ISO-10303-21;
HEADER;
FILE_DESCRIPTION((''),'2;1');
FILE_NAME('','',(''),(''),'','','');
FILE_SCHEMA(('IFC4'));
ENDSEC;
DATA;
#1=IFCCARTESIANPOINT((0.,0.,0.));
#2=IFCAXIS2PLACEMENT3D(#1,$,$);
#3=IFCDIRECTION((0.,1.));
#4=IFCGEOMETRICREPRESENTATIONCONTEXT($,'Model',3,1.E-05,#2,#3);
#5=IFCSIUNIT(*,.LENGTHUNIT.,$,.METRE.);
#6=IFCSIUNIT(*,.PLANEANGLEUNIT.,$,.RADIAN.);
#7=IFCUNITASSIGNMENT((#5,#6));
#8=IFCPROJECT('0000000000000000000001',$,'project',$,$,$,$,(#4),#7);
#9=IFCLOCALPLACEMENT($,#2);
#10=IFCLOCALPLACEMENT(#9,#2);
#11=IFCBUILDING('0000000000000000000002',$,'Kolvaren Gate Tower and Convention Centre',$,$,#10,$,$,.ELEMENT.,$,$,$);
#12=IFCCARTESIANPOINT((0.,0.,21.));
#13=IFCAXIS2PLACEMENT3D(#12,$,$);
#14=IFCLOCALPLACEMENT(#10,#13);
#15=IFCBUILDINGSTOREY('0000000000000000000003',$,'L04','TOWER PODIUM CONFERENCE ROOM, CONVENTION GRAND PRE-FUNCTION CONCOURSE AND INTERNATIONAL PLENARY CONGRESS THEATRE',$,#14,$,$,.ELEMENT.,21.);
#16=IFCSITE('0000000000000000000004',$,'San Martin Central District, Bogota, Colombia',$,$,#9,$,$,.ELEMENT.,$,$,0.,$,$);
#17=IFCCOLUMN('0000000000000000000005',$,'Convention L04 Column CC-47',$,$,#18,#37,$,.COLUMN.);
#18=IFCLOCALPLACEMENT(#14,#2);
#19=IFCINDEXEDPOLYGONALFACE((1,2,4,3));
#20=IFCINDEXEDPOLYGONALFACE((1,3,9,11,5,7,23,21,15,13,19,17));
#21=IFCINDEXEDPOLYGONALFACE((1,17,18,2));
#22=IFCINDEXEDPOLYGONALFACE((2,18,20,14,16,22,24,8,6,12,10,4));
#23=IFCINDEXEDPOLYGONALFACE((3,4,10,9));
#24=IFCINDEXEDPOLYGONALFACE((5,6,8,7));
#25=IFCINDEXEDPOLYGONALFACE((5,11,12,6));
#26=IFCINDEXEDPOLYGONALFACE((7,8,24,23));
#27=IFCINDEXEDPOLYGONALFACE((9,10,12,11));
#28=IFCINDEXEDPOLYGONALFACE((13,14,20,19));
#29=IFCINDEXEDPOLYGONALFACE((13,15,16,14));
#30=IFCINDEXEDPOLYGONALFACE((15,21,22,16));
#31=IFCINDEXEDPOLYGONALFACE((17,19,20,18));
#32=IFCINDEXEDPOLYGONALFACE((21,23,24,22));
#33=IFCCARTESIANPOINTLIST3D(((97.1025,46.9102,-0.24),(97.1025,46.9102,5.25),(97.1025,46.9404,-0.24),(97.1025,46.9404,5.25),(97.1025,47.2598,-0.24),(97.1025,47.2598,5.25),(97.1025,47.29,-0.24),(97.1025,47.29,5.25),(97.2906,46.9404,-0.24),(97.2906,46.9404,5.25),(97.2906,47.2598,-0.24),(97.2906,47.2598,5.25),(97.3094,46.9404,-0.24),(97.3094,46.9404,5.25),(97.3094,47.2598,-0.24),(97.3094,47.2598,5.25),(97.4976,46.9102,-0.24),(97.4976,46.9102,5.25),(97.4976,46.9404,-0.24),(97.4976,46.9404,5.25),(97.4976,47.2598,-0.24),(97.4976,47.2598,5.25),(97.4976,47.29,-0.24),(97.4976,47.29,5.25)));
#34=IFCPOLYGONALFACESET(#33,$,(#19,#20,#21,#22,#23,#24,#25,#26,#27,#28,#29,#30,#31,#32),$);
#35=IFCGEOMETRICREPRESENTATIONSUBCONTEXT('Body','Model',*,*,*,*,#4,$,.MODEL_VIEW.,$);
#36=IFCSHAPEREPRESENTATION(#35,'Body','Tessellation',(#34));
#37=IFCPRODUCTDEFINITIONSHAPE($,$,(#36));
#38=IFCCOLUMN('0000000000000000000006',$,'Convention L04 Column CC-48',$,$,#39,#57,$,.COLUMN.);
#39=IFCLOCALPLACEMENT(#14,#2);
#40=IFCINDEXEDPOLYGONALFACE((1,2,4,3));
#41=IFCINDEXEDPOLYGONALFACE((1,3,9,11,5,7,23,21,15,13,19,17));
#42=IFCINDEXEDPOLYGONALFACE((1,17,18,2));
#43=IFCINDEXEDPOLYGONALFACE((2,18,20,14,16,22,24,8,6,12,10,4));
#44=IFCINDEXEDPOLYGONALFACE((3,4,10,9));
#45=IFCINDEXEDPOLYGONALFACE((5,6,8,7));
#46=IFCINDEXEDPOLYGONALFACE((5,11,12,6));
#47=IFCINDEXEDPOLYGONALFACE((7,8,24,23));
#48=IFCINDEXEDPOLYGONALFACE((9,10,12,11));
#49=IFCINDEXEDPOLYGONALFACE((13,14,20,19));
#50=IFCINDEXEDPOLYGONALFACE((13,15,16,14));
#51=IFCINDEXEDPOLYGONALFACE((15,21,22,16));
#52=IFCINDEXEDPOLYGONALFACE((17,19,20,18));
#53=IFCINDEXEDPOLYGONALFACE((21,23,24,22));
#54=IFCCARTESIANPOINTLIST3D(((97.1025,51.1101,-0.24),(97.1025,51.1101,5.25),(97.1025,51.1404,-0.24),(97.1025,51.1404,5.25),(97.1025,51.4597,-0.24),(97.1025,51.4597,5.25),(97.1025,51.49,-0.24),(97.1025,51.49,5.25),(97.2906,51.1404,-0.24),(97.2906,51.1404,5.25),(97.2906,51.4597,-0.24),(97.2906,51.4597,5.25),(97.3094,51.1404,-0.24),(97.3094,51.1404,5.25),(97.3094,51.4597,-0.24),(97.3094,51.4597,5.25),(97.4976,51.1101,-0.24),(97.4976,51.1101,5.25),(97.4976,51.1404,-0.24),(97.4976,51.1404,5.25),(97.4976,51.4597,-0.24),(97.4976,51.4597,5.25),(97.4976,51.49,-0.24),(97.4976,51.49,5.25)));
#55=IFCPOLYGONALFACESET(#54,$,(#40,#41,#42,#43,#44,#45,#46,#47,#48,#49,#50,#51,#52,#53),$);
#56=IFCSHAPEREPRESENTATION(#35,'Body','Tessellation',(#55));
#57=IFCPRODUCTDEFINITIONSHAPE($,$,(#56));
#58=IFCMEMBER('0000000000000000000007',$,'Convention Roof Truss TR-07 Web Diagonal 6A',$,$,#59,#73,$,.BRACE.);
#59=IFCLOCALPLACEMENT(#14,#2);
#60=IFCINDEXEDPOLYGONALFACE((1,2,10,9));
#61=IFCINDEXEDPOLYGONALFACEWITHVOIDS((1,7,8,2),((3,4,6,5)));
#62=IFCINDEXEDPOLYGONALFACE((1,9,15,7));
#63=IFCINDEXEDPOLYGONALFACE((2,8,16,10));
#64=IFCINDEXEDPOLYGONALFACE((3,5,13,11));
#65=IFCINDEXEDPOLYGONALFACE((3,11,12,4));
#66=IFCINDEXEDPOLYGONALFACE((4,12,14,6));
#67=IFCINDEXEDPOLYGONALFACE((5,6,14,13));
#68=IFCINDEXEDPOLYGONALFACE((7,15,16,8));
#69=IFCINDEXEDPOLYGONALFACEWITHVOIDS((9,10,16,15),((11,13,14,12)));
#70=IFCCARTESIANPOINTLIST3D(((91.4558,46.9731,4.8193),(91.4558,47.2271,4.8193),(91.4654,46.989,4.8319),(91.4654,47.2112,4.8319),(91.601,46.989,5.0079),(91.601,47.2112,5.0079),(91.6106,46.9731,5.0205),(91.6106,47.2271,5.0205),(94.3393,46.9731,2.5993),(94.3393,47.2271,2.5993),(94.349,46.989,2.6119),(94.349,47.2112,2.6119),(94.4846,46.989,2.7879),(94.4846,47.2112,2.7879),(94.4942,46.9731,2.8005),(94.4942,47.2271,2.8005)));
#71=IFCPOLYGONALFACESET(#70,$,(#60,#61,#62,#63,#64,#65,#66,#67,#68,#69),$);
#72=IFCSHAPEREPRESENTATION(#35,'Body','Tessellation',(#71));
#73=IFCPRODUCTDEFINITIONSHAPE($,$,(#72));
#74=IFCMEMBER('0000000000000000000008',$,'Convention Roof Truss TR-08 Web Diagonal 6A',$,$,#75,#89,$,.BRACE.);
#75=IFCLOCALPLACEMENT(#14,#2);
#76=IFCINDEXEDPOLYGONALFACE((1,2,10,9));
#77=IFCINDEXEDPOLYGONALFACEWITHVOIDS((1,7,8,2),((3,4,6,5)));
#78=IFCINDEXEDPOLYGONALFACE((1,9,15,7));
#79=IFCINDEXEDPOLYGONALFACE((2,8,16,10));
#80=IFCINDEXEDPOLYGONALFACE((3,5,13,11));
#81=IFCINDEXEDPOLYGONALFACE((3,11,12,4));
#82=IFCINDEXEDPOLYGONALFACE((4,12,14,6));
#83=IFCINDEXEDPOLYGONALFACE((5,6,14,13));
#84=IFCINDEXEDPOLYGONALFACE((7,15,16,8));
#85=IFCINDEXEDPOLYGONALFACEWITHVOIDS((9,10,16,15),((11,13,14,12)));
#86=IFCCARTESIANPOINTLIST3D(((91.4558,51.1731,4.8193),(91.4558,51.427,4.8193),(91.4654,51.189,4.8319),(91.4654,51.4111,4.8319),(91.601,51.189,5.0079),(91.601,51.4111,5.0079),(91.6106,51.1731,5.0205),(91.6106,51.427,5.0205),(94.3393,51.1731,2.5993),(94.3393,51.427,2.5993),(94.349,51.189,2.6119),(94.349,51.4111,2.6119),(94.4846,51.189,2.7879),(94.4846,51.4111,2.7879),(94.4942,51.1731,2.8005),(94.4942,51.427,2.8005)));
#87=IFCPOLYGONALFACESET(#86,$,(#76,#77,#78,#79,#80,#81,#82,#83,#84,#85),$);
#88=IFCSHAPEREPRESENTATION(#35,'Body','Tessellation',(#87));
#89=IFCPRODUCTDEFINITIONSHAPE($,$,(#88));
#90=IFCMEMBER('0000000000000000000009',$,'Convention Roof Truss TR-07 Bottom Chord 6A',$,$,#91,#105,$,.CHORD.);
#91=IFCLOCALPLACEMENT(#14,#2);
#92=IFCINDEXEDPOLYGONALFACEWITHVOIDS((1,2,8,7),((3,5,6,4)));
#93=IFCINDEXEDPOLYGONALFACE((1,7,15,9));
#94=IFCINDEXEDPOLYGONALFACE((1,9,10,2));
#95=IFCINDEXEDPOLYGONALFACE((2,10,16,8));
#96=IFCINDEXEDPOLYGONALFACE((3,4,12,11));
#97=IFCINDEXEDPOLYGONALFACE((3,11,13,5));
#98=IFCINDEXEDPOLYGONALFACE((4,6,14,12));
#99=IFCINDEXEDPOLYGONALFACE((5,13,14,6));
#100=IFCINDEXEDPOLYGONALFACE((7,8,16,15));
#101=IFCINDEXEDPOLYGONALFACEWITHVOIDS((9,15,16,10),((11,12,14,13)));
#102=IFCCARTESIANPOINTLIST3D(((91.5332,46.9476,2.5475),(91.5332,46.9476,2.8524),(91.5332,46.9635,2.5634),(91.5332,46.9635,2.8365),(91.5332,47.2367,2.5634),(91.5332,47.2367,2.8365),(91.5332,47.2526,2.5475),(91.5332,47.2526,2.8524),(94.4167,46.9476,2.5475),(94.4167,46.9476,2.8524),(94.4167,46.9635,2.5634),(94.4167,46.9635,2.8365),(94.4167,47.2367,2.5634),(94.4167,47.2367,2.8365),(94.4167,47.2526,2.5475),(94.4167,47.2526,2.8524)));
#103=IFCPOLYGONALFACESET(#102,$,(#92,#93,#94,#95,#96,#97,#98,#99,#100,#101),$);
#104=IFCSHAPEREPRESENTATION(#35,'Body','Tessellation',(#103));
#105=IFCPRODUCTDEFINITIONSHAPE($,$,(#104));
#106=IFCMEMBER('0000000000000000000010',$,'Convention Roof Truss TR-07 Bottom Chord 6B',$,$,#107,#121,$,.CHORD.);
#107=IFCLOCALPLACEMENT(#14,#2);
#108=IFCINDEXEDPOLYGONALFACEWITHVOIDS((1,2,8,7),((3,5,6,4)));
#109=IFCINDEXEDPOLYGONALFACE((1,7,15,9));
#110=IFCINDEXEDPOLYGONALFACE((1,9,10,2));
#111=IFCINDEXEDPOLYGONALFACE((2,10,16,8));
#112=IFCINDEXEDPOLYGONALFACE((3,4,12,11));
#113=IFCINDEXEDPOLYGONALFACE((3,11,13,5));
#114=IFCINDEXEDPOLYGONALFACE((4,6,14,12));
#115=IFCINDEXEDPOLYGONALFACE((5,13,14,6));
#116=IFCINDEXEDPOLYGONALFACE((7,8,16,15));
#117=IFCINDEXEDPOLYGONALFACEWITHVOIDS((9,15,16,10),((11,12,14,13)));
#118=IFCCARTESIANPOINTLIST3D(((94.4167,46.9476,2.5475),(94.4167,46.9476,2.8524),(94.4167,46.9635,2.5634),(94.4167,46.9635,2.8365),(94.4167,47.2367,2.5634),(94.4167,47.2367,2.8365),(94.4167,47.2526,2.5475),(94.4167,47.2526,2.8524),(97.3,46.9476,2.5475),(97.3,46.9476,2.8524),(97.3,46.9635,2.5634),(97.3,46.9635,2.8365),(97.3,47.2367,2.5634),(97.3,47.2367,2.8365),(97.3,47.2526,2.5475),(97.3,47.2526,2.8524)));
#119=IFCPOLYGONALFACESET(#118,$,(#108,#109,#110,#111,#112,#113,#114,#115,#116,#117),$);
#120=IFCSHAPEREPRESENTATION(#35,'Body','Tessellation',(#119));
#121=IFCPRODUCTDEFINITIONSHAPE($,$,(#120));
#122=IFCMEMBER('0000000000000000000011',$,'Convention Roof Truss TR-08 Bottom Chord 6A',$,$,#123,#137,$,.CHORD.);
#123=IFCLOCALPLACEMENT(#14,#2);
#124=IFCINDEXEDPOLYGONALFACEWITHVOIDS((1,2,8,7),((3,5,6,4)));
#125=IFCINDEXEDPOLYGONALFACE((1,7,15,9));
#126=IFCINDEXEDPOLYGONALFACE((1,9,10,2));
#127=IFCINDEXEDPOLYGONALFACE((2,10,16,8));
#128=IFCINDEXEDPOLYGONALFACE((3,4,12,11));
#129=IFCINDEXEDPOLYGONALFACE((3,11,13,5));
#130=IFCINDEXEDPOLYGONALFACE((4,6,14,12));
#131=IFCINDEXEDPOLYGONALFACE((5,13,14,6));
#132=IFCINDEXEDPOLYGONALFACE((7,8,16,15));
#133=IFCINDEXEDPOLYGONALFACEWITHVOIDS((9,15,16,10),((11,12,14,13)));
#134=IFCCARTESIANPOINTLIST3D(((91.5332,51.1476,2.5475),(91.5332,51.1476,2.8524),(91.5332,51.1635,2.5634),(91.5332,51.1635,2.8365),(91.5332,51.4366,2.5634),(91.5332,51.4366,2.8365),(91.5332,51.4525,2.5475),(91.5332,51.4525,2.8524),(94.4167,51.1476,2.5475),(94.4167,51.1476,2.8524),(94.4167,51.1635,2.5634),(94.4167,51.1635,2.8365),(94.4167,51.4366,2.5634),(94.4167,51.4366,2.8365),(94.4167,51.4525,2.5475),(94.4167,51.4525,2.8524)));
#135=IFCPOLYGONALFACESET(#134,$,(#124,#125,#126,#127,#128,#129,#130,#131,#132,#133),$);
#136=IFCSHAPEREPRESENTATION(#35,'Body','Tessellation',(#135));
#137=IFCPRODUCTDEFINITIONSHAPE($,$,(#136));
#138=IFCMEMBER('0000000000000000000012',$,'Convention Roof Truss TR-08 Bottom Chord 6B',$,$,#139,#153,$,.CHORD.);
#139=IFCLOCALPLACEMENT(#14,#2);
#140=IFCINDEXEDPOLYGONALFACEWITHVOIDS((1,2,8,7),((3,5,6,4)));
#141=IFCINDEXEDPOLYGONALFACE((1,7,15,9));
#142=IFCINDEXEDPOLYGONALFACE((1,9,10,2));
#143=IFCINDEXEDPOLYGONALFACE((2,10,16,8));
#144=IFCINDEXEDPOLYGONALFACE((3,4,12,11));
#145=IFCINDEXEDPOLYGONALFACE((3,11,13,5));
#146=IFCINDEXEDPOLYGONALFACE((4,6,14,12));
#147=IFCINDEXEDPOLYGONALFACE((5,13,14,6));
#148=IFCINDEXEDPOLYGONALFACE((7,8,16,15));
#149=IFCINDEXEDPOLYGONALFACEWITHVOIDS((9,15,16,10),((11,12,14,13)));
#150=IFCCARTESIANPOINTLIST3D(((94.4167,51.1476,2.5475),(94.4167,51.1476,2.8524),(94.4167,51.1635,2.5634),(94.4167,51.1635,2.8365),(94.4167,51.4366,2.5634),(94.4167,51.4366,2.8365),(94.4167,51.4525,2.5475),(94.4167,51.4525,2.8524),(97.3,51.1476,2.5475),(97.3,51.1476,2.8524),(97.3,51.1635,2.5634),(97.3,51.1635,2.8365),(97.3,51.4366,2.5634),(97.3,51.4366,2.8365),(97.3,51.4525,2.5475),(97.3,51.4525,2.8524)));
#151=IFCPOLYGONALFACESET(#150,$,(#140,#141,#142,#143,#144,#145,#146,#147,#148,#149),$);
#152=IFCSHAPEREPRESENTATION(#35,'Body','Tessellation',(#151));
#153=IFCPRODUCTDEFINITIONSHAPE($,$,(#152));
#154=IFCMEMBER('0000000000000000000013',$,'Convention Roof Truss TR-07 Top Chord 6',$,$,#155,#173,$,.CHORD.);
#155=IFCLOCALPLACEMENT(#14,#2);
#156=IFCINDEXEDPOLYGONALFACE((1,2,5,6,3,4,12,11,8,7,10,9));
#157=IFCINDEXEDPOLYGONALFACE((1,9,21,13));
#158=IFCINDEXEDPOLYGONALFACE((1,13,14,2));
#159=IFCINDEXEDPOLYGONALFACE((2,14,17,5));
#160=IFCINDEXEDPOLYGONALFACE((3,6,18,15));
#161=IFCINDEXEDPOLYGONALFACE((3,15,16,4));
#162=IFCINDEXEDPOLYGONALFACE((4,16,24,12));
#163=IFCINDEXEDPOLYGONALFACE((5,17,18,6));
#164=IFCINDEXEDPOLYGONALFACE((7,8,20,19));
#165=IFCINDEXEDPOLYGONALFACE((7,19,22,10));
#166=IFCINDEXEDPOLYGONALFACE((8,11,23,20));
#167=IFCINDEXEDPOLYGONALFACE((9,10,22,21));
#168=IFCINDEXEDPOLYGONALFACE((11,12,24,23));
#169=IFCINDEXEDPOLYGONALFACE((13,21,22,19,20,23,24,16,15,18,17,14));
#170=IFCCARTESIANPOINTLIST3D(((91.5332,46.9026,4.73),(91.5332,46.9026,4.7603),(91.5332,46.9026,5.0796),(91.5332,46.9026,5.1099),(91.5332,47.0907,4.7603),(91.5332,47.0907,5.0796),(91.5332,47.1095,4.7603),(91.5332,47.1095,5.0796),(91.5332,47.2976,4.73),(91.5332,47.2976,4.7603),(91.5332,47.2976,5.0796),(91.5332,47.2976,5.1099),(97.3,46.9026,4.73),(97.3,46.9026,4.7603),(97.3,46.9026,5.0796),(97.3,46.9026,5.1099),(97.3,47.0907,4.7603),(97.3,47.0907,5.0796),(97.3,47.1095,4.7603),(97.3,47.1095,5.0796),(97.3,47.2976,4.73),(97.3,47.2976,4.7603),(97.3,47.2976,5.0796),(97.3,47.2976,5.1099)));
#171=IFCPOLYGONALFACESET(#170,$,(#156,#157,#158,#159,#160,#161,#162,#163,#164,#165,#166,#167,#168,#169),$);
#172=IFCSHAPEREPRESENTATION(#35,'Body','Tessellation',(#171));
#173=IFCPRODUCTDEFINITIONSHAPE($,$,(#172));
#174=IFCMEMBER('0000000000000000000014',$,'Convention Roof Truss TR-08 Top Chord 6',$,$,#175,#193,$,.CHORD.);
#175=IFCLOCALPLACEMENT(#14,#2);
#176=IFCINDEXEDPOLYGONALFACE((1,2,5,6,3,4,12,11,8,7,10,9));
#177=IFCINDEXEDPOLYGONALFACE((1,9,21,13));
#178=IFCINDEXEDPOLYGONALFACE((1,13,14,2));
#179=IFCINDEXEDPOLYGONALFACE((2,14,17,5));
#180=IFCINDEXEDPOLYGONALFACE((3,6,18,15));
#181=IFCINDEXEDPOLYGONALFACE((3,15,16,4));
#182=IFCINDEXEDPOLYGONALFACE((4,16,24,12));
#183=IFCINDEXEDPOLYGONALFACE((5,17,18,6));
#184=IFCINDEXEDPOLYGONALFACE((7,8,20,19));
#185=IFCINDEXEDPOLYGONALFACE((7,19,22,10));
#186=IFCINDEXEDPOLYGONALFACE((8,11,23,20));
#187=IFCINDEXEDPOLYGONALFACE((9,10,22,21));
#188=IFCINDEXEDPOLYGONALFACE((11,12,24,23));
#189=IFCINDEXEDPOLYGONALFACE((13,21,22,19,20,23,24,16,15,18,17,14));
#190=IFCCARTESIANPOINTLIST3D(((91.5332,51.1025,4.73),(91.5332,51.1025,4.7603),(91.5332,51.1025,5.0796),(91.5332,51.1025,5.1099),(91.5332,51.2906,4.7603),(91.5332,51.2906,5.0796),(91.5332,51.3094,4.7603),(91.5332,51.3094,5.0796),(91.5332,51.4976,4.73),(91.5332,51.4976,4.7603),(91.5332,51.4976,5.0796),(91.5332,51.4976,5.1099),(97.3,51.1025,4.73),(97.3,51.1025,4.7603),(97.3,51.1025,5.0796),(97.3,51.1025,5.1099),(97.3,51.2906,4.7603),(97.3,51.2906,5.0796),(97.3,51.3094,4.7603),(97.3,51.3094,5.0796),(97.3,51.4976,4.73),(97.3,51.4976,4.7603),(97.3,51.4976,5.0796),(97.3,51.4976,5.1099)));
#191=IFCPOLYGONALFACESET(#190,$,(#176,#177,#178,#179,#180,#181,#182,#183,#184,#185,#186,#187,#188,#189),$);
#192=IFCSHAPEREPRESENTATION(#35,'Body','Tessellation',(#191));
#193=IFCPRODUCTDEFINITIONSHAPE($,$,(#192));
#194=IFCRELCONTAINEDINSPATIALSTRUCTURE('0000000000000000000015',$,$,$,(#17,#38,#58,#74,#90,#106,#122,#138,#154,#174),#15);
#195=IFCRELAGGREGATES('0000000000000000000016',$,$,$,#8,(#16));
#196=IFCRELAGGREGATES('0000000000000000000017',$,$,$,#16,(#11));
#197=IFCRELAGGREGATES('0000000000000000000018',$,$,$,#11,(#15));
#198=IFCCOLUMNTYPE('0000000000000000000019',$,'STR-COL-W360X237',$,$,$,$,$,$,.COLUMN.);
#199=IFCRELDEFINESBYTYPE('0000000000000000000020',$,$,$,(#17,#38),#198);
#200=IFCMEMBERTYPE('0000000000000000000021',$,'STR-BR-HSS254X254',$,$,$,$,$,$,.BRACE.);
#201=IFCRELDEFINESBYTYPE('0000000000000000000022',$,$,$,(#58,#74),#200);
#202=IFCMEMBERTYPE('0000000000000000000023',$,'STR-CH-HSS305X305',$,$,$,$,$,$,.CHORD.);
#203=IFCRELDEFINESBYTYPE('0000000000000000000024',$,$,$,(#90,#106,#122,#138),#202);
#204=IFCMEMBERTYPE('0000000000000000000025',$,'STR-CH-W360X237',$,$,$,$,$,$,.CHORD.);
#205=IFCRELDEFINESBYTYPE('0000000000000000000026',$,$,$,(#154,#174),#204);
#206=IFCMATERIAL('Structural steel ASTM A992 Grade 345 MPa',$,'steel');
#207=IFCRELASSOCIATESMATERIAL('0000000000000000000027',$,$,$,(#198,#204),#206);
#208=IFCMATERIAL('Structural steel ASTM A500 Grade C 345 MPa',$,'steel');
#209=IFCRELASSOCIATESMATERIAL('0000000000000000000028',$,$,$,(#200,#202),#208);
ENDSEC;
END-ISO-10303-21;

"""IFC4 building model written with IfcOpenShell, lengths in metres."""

from ifc_helpers import new_model, si_unit, direction, frame, origin, origin_2d, place, context, subcontext, project, spatial, hollow_rectangle, i_section, extrude, material, material_profile, profile_set, type_object, element, save


model = new_model("IFC4")

# Units and contexts
model_context = context("Model", 3, precision=1e-05, world=origin(), true_north=direction((0.0, 1.0)))
body_context = subcontext(model_context, "Body", "Model", "MODEL_VIEW")
ifc_project = project(units=[si_unit("LENGTHUNIT", "METRE"), si_unit("PLANEANGLEUNIT", "RADIAN")], contexts=[model_context])

# Site, building, storey
site_placement = place(None, origin())
site = spatial("IfcSite", under=ifc_project, at=site_placement, Name="San Martin Central District, Bogota, Colombia", CompositionType="ELEMENT", RefElevation=0.0)
building_placement = place(site_placement, origin())
building = spatial("IfcBuilding", under=site, at=building_placement, Name="Kolvaren Gate Tower and Convention Centre", CompositionType="ELEMENT")
storey_placement = place(building_placement, frame((0.0, 0.0, 21.0)))
storey = spatial("IfcBuildingStorey", under=building, at=storey_placement, Name="L04", Description="TOWER PODIUM CONFERENCE ROOM, CONVENTION GRAND PRE-FUNCTION CONCOURSE AND INTERNATIONAL PLENARY CONGRESS THEATRE", CompositionType="ELEMENT", Elevation=21.0)

# Columns
ifc_material_1 = material(Name="Structural steel ASTM A992 Grade 345 MPa", Category="steel")
ifc_material_profile_1 = material_profile(ifc_material_1, i_section(OverallWidth=0.395, OverallDepth=0.3799, WebThickness=0.0188, FlangeThickness=0.0303, at=origin_2d()), Name="W360X237")
ifc_profile_set_1 = profile_set([ifc_material_profile_1], Name="Structural steel ASTM A992 Grade 345 MPa")
column_type = type_object("IfcColumnType", Name="STR-COL-W360X237", PredefinedType="COLUMN", material=ifc_profile_set_1)
for number, where, z_axis, x_axis, name in (
    (1, (97.3, 47.1001, -0.24), (0.0, 0.0, 1.0), (1.0, 0.0, 0.0), "Convention L04 Column CC-47"),
    (2, (97.3, 51.3, -0.24), (0.0, 0.0, 1.0), (1.0, 0.0, 0.0), "Convention L04 Column CC-48"),
):
    element("IfcColumn", number, at=place(storey_placement, frame(where, z_axis=z_axis, x_axis=x_axis)), inside=storey, type_object=column_type, Name=name, PredefinedType="COLUMN", context=body_context, shape_type="SweptSolid", body=[
        extrude(i_section(OverallWidth=0.395, OverallDepth=0.3799, WebThickness=0.0188, FlangeThickness=0.0303, at=origin_2d()), origin(), (0.0, 0.0, 1.0), 5.49),
    ])

# Members
ifc_material_2 = material(Name="Structural steel ASTM A500 Grade C 345 MPa", Category="steel")
ifc_material_profile_2 = material_profile(ifc_material_2, hollow_rectangle(XDim=0.2539, YDim=0.2539, WallThickness=0.0159, at=origin_2d()), Name="HSS254X254X15.9")
ifc_profile_set_2 = profile_set([ifc_material_profile_2], Name="Structural steel ASTM A500 Grade C 345 MPa")
member_type_1 = type_object("IfcMemberType", Name="STR-BR-HSS254X254", PredefinedType="BRACE", material=ifc_profile_set_2)
for number, where, z_axis, x_axis, name in (
    (3, (91.5332, 47.1001, 4.9199), (0.792377, 0.0, -0.610032), (0.0, 1.0, 0.0), "Convention Roof Truss TR-07 Web Diagonal 6A"),
    (4, (91.5332, 51.3, 4.9199), (0.792377, 0.0, -0.610032), (0.0, 1.0, 0.0), "Convention Roof Truss TR-08 Web Diagonal 6A"),
):
    element("IfcMember", number, at=place(storey_placement, frame(where, z_axis=z_axis, x_axis=x_axis)), inside=storey, type_object=member_type_1, Name=name, PredefinedType="BRACE", context=body_context, shape_type="SweptSolid", body=[
        extrude(hollow_rectangle(XDim=0.2539, YDim=0.2539, WallThickness=0.0159, at=origin_2d()), origin(), (0.0, 0.0, 1.0), 3.6392),
    ])
ifc_material_profile_3 = material_profile(ifc_material_2, hollow_rectangle(XDim=0.3049, YDim=0.3049, WallThickness=0.0159, at=origin_2d()), Name="HSS305X305X15.9")
ifc_profile_set_3 = profile_set([ifc_material_profile_3], Name="Structural steel ASTM A500 Grade C 345 MPa")
member_type_2 = type_object("IfcMemberType", Name="STR-CH-HSS305X305", PredefinedType="CHORD", material=ifc_profile_set_3)
member_1_placement = place(storey_placement, frame((91.5332, 47.1001, 2.7), z_axis=(1.0, 0.0, 0.0), x_axis=(0.0, 1.0, 0.0)))
element("IfcMember", 5, at=member_1_placement, inside=storey, type_object=member_type_2, Name="Convention Roof Truss TR-07 Bottom Chord 6A", PredefinedType="CHORD", context=body_context, shape_type="SweptSolid", body=[
    extrude(hollow_rectangle(XDim=0.3049, YDim=0.3049, WallThickness=0.0159, at=origin_2d()), origin(), (0.0, 0.0, 1.0), 2.8835),
])
member_2_placement = place(storey_placement, frame((94.4167, 47.1001, 2.7), z_axis=(1.0, 0.0, 0.0), x_axis=(0.0, 1.0, 0.0)))
element("IfcMember", 6, at=member_2_placement, inside=storey, type_object=member_type_2, Name="Convention Roof Truss TR-07 Bottom Chord 6B", PredefinedType="CHORD", context=body_context, shape_type="SweptSolid", body=[
    extrude(hollow_rectangle(XDim=0.3049, YDim=0.3049, WallThickness=0.0159, at=origin_2d()), origin(), (0.0, 0.0, 1.0), 2.8833),
])
member_3_placement = place(storey_placement, frame((91.5332, 51.3, 2.7), z_axis=(1.0, 0.0, 0.0), x_axis=(0.0, 1.0, 0.0)))
element("IfcMember", 7, at=member_3_placement, inside=storey, type_object=member_type_2, Name="Convention Roof Truss TR-08 Bottom Chord 6A", PredefinedType="CHORD", context=body_context, shape_type="SweptSolid", body=[
    extrude(hollow_rectangle(XDim=0.3049, YDim=0.3049, WallThickness=0.0159, at=origin_2d()), origin(), (0.0, 0.0, 1.0), 2.8835),
])
member_4_placement = place(storey_placement, frame((94.4167, 51.3, 2.7), z_axis=(1.0, 0.0, 0.0), x_axis=(0.0, 1.0, 0.0)))
element("IfcMember", 8, at=member_4_placement, inside=storey, type_object=member_type_2, Name="Convention Roof Truss TR-08 Bottom Chord 6B", PredefinedType="CHORD", context=body_context, shape_type="SweptSolid", body=[
    extrude(hollow_rectangle(XDim=0.3049, YDim=0.3049, WallThickness=0.0159, at=origin_2d()), origin(), (0.0, 0.0, 1.0), 2.8833),
])
ifc_material_profile_4 = material_profile(ifc_material_1, i_section(OverallWidth=0.395, OverallDepth=0.3799, WebThickness=0.0188, FlangeThickness=0.0303, at=origin_2d()), Name="W360X237")
ifc_profile_set_4 = profile_set([ifc_material_profile_4], Name="Structural steel ASTM A992 Grade 345 MPa")
member_type_3 = type_object("IfcMemberType", Name="STR-CH-W360X237", PredefinedType="CHORD", material=ifc_profile_set_4)
for number, where, z_axis, x_axis, name in (
    (9, (91.5332, 47.1001, 4.9199), (1.0, 0.0, 0.0), (0.0, 1.0, 0.0), "Convention Roof Truss TR-07 Top Chord 6"),
    (10, (91.5332, 51.3, 4.9199), (1.0, 0.0, 0.0), (0.0, 1.0, 0.0), "Convention Roof Truss TR-08 Top Chord 6"),
):
    element("IfcMember", number, at=place(storey_placement, frame(where, z_axis=z_axis, x_axis=x_axis)), inside=storey, type_object=member_type_3, Name=name, PredefinedType="CHORD", context=body_context, shape_type="SweptSolid", body=[
        extrude(i_section(OverallWidth=0.395, OverallDepth=0.3799, WebThickness=0.0188, FlangeThickness=0.0303, at=origin_2d()), origin(), (0.0, 0.0, 1.0), 5.7668),
    ])

save(model, "model.ifc")
